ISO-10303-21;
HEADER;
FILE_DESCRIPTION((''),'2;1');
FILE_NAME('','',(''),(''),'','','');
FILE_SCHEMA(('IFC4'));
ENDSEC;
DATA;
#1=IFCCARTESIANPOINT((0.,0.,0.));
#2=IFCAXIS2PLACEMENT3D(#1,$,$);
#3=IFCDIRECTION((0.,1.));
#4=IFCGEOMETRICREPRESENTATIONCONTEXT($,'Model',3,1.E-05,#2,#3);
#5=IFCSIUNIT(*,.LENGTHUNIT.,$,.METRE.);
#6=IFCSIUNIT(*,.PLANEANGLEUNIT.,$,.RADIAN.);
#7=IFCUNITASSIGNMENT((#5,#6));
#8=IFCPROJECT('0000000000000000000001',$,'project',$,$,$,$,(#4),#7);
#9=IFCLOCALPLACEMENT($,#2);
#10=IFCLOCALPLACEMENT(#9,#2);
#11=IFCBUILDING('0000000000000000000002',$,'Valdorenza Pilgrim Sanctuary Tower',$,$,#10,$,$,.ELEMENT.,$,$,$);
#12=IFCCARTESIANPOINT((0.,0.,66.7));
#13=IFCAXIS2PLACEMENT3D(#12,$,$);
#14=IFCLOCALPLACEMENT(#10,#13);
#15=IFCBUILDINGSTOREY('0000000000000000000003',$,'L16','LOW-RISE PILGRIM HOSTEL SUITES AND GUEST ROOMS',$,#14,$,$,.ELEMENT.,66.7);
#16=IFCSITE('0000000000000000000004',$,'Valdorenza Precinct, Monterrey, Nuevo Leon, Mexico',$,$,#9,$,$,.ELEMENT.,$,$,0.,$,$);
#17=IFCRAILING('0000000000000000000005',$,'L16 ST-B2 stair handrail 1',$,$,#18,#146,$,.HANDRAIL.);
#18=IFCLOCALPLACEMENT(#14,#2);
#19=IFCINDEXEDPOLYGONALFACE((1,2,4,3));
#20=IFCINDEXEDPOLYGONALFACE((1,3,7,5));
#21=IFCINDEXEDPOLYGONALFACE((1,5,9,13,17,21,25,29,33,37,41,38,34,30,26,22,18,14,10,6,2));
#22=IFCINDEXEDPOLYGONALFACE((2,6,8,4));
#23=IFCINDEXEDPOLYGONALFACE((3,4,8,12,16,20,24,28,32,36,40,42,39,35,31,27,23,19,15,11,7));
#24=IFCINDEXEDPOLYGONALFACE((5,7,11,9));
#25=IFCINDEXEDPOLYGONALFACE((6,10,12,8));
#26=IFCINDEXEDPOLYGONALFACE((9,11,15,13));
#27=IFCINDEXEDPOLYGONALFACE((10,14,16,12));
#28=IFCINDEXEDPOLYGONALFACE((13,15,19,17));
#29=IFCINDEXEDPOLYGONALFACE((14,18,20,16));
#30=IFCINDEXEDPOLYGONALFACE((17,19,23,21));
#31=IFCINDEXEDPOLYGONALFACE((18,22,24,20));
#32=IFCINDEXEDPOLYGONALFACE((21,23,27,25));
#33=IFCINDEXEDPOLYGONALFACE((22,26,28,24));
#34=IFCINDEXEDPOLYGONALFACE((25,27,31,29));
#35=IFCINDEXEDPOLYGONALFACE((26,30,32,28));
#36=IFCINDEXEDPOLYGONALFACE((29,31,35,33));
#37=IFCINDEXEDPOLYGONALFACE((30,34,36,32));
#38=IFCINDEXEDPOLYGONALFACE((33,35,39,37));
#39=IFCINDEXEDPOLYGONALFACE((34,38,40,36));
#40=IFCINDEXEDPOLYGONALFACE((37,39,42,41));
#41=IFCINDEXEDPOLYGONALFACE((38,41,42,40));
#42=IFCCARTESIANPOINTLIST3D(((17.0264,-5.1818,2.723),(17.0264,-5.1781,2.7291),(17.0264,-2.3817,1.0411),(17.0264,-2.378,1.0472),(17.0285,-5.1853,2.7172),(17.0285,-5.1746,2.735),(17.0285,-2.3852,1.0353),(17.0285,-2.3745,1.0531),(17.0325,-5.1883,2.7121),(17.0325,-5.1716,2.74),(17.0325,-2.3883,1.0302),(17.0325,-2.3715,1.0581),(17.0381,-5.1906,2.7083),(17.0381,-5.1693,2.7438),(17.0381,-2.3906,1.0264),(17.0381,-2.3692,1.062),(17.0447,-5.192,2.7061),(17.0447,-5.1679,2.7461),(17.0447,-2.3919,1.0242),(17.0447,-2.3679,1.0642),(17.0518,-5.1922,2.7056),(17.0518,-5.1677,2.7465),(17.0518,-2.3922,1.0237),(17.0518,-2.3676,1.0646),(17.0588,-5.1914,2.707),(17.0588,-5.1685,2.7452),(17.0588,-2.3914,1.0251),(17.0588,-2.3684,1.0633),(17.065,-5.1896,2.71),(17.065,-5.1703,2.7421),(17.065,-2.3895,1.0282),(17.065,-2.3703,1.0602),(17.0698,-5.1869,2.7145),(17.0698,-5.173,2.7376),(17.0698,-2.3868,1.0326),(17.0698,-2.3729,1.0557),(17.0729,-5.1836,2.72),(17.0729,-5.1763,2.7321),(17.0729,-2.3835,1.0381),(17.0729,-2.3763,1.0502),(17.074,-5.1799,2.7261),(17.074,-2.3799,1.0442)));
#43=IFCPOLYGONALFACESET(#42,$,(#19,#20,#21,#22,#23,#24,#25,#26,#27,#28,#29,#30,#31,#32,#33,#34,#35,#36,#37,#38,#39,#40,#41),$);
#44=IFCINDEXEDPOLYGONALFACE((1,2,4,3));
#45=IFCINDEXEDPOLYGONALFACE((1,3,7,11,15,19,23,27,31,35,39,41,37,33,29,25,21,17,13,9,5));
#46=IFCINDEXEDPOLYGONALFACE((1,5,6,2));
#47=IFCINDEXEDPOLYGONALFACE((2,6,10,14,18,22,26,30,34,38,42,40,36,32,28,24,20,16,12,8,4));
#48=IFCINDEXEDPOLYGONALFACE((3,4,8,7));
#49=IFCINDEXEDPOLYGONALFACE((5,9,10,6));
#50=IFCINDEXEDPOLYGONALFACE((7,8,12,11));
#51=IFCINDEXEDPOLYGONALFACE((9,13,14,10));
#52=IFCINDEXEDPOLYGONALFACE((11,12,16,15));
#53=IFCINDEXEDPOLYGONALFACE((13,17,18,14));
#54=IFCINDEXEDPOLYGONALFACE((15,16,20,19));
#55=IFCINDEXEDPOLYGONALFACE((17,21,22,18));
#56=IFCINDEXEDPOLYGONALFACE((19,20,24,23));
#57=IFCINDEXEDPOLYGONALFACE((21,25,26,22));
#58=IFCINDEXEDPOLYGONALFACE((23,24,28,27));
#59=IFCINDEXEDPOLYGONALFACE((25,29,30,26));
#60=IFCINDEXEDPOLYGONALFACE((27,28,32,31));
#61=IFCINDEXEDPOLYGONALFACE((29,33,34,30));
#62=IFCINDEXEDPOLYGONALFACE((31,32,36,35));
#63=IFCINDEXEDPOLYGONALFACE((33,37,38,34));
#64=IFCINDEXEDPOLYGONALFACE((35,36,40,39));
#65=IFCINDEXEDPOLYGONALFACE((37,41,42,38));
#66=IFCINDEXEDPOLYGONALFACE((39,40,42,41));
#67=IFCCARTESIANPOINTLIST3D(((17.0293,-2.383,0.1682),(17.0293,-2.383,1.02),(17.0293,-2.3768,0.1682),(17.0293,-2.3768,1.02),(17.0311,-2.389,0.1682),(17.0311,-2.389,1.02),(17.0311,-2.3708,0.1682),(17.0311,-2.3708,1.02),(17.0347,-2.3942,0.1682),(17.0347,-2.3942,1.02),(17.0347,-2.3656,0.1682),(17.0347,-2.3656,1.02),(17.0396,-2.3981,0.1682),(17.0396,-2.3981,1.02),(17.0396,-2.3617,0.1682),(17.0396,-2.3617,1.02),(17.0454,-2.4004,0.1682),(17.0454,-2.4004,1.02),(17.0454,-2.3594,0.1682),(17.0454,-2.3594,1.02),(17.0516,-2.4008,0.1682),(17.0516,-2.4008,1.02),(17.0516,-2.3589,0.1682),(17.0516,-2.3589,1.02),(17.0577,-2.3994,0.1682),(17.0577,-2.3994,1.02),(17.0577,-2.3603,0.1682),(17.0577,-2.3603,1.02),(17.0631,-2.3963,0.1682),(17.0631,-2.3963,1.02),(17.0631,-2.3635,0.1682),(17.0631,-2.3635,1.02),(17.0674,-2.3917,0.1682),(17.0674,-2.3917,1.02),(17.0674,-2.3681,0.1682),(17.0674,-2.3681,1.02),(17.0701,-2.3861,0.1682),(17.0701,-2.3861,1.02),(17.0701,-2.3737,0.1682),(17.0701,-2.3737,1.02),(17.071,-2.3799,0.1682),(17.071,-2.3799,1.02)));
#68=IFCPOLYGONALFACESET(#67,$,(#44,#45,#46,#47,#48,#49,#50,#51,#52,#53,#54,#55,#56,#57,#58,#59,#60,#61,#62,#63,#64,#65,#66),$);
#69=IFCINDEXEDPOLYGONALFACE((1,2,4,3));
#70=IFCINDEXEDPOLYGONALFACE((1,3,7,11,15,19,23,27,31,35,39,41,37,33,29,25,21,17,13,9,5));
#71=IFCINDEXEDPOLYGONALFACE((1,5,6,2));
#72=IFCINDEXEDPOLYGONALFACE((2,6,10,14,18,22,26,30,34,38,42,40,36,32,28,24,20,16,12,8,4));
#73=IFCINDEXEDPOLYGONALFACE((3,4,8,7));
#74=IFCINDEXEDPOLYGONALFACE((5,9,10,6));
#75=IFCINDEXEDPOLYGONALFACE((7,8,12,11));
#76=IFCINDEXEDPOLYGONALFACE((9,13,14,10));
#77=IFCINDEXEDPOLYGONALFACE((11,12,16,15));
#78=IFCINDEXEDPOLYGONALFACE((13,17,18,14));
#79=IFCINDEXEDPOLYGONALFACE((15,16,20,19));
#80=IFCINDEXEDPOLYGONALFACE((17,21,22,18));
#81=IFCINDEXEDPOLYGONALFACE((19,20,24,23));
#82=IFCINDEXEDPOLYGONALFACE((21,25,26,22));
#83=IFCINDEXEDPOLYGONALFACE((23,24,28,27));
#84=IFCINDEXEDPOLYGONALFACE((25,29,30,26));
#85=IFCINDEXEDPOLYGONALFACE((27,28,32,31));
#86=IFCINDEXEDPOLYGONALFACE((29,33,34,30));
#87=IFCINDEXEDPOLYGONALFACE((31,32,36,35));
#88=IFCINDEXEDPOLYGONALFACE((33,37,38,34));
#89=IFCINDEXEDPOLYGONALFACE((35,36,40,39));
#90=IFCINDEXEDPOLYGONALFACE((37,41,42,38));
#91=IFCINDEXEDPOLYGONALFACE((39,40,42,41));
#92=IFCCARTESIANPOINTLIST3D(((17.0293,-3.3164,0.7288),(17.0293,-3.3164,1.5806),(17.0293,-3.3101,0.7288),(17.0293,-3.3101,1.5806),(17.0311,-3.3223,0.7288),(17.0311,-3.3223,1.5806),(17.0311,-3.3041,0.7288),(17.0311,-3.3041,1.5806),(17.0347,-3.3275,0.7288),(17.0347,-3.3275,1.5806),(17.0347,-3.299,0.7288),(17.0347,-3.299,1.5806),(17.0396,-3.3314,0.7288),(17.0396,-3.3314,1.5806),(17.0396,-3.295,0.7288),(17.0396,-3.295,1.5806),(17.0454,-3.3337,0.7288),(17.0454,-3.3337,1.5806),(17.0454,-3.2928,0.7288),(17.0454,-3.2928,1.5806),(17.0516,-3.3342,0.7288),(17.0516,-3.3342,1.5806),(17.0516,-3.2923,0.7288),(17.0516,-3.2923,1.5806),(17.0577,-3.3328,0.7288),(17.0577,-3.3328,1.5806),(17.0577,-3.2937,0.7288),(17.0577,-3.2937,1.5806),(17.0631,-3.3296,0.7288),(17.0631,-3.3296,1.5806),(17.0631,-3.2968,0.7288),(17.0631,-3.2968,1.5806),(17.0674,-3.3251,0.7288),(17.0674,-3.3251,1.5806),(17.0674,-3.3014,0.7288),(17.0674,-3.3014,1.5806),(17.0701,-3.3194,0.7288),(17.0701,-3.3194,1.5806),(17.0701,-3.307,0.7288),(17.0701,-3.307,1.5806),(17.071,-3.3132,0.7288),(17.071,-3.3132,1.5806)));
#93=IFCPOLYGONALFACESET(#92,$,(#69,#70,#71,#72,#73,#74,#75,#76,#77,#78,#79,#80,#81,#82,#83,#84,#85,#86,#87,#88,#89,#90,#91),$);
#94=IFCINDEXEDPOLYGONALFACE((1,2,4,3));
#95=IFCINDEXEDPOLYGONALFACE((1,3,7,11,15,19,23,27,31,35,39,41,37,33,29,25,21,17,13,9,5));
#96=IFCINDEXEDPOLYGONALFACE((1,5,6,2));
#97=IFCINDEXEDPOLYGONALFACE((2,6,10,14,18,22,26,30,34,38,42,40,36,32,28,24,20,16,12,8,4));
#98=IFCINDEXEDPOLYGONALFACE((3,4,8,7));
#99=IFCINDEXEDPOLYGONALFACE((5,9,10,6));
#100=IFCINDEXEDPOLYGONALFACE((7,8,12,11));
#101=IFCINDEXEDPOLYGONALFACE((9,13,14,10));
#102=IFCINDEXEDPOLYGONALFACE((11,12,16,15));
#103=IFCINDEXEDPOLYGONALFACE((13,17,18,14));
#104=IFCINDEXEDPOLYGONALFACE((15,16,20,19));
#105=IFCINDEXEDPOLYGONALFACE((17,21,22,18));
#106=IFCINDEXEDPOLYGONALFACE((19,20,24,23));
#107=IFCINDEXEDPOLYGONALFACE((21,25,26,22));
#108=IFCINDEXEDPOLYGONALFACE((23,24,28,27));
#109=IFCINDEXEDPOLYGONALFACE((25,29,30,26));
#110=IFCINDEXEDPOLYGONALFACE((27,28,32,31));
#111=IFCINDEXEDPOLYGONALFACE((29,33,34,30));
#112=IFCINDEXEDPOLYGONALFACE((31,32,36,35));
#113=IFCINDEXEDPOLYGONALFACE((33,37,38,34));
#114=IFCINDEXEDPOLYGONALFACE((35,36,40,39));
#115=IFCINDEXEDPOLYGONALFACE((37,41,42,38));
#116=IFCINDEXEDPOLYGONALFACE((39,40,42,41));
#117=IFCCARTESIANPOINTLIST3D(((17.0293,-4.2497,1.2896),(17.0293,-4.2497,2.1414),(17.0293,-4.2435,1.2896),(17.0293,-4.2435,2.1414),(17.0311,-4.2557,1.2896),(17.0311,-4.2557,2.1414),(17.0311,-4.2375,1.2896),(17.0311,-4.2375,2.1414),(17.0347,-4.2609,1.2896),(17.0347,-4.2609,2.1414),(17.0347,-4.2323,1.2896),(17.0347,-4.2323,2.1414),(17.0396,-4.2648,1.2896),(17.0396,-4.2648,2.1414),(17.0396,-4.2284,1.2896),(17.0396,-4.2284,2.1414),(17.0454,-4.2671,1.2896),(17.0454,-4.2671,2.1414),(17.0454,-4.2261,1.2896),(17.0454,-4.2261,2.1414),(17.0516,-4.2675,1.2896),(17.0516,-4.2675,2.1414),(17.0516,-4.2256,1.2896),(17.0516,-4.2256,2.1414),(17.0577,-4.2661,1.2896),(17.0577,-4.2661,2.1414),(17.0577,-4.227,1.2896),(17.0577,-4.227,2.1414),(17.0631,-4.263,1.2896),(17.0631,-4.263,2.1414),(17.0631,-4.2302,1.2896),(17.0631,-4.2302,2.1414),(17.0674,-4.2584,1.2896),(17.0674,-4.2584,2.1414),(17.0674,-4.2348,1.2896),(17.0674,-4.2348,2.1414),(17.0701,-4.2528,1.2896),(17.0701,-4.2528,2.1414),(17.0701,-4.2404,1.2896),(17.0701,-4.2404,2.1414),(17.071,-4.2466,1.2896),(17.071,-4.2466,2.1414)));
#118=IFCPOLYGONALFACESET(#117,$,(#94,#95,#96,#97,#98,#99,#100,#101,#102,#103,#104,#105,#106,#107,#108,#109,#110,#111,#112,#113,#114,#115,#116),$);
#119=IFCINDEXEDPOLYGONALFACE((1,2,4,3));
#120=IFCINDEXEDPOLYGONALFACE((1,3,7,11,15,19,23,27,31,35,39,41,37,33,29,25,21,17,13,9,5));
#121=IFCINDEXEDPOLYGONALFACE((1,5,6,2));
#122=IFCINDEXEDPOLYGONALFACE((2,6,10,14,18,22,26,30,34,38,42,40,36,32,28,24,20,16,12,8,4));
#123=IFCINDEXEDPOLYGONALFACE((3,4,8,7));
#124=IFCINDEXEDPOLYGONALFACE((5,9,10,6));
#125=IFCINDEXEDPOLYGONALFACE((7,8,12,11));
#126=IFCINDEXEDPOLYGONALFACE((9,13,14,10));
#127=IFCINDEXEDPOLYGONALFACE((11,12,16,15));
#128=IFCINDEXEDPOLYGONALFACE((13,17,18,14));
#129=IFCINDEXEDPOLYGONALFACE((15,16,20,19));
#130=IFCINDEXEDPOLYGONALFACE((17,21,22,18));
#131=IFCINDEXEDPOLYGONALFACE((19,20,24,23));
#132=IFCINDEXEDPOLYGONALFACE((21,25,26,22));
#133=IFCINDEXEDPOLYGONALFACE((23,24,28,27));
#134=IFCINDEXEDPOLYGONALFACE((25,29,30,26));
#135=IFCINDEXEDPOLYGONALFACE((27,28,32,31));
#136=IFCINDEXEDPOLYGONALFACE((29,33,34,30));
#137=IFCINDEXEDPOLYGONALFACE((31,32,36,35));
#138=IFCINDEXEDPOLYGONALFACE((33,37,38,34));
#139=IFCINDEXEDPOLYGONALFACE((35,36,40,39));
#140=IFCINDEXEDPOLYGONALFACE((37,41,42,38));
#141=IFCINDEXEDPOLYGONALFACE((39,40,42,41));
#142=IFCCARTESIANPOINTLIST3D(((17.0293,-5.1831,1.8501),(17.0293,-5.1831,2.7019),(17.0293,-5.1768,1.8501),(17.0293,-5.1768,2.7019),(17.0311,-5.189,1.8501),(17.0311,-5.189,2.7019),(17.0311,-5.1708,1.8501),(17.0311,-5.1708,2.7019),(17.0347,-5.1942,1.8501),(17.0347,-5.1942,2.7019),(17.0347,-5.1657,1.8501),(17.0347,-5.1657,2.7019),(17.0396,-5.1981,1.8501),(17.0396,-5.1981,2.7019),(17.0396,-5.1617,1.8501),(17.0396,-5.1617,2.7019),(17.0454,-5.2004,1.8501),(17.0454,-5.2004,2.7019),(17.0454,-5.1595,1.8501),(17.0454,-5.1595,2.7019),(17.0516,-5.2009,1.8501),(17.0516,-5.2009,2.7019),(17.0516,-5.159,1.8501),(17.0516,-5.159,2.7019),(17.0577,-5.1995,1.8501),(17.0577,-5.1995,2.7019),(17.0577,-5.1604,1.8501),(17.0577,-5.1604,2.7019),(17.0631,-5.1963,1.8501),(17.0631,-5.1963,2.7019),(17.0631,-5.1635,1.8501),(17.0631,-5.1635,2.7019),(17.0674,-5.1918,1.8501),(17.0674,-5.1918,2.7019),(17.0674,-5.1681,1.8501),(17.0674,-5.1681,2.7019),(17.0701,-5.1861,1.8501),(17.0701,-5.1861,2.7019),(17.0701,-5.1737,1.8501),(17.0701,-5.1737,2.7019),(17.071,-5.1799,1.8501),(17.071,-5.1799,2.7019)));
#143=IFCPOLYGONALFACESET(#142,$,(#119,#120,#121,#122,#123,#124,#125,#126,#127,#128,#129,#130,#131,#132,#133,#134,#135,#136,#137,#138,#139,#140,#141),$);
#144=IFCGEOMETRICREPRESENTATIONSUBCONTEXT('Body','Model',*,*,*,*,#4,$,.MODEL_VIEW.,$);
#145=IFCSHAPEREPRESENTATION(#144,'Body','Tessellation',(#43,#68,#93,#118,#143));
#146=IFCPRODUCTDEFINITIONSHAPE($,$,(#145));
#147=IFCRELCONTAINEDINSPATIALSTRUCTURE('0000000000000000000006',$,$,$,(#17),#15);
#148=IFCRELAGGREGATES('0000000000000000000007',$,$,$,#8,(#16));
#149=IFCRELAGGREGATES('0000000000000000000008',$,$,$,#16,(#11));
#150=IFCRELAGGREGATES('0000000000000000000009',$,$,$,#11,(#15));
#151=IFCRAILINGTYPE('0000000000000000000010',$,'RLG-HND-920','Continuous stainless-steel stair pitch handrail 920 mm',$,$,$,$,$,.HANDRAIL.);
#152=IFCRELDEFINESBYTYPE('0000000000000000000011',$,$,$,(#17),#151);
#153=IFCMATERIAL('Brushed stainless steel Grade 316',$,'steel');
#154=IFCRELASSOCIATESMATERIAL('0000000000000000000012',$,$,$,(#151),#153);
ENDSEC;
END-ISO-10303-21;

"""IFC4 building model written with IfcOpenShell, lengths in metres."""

from ifc_helpers import new_model, si_unit, direction, frame, origin, origin_2d, place, context, subcontext, project, spatial, circle, extrude, material, type_object, element, save


model = new_model("IFC4")

# Units and contexts
model_context = context("Model", 3, precision=1e-05, world=origin(), true_north=direction((0.0, 1.0)))
body_context = subcontext(model_context, "Body", "Model", "MODEL_VIEW")
ifc_project = project(units=[si_unit("LENGTHUNIT", "METRE"), si_unit("PLANEANGLEUNIT", "RADIAN")], contexts=[model_context])

# Site, building, storey
site_placement = place(None, origin())
site = spatial("IfcSite", under=ifc_project, at=site_placement, Name="Valdorenza Precinct, Monterrey, Nuevo Leon, Mexico", CompositionType="ELEMENT", RefElevation=0.0)
building_placement = place(site_placement, origin())
building = spatial("IfcBuilding", under=site, at=building_placement, Name="Valdorenza Pilgrim Sanctuary Tower", CompositionType="ELEMENT")
storey_placement = place(building_placement, frame((0.0, 0.0, 66.7)))
storey = spatial("IfcBuildingStorey", under=building, at=storey_placement, Name="L16", Description="LOW-RISE PILGRIM HOSTEL SUITES AND GUEST ROOMS", CompositionType="ELEMENT", Elevation=66.7)

# Railing
ifc_material_1 = material(Name="Brushed stainless steel Grade 316", Category="steel")
railing_type_1 = type_object("IfcRailingType", Name="RLG-HND-920", Description="Continuous stainless-steel stair pitch handrail 920 mm", PredefinedType="HANDRAIL", material=ifc_material_1)
railing_1_placement = place(storey_placement, frame((17.05, -2.3799, 0.1682)))
element("IfcRailing", 1, at=railing_1_placement, inside=storey, type_object=railing_type_1, Name="L16 ST-B2 stair handrail 1", PredefinedType="HANDRAIL", context=body_context, shape_type="SweptSolid", body=[
    extrude(circle(Radius=0.0239, at=origin_2d()), frame((0.0, 0.0, 0.876), z_axis=(0.0, -0.857242, 0.514913), x_axis=(1.0, 0.0, 0.0)), (0.0, 0.0, 1.0), 3.2664),
    extrude(circle(Radius=0.021, at=origin_2d()), origin(), (0.0, 0.0, 1.0), 0.8518),
    extrude(circle(Radius=0.021, at=origin_2d()), frame((0.0, -0.9333, 0.5605)), (0.0, 0.0, 1.0), 0.8518),
    extrude(circle(Radius=0.021, at=origin_2d()), frame((0.0, -1.8667, 1.1213)), (0.0, 0.0, 1.0), 0.8518),
    extrude(circle(Radius=0.021, at=origin_2d()), frame((0.0, -2.8, 1.6819)), (0.0, 0.0, 1.0), 0.8518),
])

save(model, "model.ifc")
